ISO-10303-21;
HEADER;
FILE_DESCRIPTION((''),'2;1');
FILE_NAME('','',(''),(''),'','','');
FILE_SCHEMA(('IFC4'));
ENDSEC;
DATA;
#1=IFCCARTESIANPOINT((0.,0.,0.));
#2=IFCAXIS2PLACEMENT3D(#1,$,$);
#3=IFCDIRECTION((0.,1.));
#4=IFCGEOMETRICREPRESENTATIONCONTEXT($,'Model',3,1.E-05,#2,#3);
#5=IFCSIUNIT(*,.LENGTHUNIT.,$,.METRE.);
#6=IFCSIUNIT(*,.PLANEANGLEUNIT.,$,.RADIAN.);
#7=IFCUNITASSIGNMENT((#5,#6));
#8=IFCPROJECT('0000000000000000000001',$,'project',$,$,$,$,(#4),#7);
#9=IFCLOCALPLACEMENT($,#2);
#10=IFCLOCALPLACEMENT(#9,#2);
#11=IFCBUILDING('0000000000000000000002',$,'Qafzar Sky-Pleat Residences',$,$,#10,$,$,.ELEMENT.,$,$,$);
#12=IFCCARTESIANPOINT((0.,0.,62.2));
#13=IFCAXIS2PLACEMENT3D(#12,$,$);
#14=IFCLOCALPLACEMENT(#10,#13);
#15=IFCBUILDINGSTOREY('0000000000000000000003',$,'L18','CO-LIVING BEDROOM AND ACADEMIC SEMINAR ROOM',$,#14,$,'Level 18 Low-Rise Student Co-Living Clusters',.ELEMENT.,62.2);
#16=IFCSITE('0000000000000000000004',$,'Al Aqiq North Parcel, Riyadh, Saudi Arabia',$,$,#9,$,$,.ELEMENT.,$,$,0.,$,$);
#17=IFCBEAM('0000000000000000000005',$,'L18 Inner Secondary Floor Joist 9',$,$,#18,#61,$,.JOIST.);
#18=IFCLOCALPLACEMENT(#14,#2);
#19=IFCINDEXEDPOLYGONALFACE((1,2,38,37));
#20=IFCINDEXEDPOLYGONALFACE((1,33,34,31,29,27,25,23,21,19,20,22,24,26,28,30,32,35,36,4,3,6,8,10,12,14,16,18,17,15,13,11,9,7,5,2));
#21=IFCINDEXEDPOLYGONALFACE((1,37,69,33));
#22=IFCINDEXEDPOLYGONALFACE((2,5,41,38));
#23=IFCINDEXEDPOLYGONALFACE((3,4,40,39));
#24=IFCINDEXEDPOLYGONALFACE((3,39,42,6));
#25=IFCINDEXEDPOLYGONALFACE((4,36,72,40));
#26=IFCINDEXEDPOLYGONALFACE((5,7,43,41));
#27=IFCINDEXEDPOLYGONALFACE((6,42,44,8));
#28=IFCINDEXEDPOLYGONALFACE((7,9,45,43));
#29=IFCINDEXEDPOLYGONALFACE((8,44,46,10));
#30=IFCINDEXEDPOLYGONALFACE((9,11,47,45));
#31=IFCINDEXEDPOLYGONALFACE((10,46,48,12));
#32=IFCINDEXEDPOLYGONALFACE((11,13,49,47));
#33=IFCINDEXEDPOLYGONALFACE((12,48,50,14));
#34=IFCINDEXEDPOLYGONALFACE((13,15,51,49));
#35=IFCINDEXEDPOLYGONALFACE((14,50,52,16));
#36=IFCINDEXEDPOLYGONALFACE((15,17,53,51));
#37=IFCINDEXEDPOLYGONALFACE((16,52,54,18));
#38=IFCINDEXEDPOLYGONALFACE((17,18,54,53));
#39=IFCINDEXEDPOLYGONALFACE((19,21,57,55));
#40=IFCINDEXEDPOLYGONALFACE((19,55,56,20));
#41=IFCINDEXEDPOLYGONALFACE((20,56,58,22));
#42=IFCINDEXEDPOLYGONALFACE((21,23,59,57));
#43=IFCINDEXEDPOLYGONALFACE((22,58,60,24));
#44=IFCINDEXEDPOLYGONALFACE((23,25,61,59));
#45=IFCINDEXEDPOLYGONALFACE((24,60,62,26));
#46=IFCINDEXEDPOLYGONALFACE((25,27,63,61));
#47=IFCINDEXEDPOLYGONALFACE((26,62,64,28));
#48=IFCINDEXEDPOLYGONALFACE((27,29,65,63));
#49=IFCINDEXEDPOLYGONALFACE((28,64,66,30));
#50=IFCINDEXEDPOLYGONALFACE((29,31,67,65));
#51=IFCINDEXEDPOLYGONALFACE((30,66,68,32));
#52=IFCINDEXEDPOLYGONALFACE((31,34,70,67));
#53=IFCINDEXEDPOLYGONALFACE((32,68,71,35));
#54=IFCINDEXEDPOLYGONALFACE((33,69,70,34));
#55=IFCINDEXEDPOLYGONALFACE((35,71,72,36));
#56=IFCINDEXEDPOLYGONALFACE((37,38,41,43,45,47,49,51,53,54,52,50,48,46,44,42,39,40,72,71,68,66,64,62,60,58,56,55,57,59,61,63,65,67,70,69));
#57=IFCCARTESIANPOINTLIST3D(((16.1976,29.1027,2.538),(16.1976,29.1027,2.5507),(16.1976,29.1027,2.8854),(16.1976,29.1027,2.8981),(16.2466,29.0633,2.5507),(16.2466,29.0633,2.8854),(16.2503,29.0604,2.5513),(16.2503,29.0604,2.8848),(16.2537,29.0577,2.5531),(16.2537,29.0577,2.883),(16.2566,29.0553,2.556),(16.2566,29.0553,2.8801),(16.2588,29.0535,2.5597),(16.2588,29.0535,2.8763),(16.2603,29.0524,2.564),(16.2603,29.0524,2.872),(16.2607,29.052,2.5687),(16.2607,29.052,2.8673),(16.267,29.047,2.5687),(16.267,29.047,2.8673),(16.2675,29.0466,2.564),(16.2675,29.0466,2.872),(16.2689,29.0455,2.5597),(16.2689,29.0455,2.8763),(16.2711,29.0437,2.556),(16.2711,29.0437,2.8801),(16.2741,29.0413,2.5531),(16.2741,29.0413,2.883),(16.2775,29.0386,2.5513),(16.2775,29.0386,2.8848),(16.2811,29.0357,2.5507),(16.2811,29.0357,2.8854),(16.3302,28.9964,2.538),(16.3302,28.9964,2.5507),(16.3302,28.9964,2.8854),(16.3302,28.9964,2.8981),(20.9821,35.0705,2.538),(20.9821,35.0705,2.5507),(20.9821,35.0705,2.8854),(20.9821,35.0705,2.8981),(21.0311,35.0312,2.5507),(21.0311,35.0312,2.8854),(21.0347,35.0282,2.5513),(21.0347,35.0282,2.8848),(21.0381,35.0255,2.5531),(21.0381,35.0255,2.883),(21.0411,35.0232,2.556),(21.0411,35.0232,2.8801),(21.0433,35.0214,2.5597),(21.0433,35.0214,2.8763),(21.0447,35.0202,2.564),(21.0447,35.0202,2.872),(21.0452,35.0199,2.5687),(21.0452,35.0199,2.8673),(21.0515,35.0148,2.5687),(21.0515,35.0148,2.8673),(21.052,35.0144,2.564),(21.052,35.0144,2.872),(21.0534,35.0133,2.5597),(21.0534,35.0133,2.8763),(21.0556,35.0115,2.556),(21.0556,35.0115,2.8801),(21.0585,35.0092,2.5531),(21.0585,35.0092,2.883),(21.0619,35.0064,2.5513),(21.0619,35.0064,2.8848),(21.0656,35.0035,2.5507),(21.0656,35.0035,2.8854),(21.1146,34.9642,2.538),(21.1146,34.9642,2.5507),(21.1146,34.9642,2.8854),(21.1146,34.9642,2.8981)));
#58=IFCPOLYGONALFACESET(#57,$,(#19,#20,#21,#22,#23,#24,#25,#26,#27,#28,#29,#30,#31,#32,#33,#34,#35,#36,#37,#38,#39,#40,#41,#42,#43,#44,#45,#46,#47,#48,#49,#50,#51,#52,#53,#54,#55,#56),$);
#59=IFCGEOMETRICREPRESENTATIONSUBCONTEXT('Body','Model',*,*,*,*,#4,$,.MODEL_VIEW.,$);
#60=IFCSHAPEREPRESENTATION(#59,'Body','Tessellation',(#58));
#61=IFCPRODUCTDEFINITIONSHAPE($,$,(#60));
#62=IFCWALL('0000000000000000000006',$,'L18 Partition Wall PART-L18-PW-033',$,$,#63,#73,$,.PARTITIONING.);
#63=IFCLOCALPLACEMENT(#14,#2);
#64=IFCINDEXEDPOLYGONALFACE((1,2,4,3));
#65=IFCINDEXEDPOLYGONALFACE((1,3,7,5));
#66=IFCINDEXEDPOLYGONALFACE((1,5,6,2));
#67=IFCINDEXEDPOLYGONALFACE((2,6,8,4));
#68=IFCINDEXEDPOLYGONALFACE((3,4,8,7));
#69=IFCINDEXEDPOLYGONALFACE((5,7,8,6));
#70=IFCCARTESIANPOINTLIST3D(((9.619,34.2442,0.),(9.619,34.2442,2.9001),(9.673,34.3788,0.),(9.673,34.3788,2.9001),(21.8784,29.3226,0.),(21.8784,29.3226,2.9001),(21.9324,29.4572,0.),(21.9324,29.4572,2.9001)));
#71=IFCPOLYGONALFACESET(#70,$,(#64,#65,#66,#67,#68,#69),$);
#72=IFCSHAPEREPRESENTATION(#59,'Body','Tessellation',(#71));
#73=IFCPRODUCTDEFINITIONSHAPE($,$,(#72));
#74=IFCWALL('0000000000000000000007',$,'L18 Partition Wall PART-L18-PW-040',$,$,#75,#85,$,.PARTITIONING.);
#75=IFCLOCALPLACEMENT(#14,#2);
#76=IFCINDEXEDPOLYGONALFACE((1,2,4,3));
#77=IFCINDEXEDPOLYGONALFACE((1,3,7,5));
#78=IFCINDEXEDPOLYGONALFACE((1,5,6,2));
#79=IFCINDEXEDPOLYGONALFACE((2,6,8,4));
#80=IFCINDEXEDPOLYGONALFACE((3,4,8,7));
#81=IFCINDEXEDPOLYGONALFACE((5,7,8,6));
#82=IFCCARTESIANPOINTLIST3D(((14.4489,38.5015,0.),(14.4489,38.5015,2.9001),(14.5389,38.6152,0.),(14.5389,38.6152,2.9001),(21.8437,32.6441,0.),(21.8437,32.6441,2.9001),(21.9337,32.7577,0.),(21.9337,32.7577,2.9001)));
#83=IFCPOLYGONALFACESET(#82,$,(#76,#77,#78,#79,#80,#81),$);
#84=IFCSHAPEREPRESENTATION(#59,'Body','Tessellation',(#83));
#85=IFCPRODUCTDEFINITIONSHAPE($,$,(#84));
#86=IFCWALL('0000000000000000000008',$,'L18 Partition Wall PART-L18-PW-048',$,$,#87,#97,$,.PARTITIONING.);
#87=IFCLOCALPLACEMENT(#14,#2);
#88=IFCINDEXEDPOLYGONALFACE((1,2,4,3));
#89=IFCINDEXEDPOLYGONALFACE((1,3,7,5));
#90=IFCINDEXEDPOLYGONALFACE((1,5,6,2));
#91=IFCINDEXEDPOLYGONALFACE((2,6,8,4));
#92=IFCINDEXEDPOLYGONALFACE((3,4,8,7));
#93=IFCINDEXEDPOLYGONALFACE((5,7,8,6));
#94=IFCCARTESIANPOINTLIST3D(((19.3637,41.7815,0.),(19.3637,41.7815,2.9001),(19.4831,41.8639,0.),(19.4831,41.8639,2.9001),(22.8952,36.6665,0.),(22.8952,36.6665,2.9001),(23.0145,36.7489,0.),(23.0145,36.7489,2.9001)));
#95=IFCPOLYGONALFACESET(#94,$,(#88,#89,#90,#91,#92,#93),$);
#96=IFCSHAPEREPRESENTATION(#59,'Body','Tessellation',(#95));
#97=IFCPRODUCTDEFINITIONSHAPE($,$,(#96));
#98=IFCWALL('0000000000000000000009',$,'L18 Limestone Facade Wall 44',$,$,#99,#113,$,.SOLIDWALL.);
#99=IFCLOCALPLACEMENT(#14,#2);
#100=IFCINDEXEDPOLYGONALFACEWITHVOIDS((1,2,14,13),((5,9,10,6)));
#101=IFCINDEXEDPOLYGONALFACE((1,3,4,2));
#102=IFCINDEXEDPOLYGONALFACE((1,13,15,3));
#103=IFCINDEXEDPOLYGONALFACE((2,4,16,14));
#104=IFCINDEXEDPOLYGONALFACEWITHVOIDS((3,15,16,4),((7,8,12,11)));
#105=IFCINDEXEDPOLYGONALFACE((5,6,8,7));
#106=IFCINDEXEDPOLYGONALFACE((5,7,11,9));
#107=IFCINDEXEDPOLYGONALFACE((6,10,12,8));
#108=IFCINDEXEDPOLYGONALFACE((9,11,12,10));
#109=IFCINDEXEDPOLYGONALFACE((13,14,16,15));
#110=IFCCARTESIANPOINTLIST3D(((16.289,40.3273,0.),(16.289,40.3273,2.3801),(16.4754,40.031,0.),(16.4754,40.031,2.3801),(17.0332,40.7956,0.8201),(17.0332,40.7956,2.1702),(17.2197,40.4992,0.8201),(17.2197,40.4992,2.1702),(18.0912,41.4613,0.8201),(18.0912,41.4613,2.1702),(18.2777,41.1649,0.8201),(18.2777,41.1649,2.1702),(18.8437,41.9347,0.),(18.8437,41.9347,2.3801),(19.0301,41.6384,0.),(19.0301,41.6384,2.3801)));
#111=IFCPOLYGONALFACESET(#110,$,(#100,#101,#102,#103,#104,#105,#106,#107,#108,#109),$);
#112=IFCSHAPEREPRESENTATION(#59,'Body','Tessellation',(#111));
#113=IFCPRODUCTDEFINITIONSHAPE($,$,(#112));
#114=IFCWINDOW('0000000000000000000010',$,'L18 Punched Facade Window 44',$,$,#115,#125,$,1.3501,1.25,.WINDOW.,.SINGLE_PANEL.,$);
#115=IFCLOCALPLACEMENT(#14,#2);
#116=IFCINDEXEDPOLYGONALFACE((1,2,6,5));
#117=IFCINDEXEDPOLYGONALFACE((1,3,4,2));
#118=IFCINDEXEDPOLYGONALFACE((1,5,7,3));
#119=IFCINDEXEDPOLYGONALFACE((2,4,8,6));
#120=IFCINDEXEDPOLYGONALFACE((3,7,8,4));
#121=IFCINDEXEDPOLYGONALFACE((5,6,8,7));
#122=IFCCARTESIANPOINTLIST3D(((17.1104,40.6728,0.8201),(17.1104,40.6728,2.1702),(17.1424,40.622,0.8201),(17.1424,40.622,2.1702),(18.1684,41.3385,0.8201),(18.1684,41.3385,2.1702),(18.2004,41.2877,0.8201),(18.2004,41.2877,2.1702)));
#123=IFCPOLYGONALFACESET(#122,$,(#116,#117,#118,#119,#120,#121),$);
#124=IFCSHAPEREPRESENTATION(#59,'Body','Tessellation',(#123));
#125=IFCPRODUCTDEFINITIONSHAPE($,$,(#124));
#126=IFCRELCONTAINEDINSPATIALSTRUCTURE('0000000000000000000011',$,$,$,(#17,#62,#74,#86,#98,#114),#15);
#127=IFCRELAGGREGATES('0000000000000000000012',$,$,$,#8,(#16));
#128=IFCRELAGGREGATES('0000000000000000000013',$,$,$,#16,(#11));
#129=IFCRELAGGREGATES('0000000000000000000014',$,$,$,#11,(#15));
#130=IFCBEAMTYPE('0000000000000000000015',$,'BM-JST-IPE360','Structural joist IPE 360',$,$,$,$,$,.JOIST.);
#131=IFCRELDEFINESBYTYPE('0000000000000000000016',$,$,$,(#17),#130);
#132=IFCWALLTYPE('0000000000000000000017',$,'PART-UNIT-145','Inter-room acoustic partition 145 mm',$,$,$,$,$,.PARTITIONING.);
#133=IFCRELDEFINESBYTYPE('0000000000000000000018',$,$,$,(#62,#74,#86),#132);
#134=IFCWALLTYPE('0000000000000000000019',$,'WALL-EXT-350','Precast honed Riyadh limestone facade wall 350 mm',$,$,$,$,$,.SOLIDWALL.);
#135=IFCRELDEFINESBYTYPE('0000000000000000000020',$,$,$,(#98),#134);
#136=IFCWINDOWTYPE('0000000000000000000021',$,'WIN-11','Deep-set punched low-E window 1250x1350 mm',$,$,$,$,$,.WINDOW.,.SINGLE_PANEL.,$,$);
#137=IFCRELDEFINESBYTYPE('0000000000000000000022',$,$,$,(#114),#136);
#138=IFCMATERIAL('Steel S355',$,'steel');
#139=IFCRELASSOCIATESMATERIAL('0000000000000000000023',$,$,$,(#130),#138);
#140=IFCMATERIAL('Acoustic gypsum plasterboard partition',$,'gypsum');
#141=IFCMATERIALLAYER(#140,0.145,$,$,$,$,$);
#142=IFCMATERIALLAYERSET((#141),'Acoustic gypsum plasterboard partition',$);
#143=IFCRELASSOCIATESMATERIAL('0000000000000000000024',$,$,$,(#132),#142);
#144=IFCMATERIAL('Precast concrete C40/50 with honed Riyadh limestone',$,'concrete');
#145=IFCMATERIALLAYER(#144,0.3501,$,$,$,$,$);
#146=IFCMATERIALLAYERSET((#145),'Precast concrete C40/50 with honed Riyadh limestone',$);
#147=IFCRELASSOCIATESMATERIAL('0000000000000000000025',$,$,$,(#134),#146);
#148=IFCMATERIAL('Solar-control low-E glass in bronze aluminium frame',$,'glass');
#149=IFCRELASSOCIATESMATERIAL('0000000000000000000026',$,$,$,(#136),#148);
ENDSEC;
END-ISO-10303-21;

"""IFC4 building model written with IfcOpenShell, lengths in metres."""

from ifc_helpers import new_model, si_unit, direction, frame, frame_2d, origin, origin_2d, place, context, subcontext, project, spatial, rectangle, i_section, extrude, source, transform, mapped, material, layer, layer_set, material_profile, profile_set, type_object, element, fill, save


model = new_model("IFC4")

# Units and contexts
model_context = context("Model", 3, precision=1e-05, world=origin(), true_north=direction((0.0, 1.0)))
body_context = subcontext(model_context, "Body", "Model", "MODEL_VIEW")
ifc_project = project(units=[si_unit("LENGTHUNIT", "METRE"), si_unit("PLANEANGLEUNIT", "RADIAN")], contexts=[model_context])

# Site, building, storey
site_placement = place(None, origin())
site = spatial("IfcSite", under=ifc_project, at=site_placement, Name="Al Aqiq North Parcel, Riyadh, Saudi Arabia", CompositionType="ELEMENT", RefElevation=0.0)
building_placement = place(site_placement, origin())
building = spatial("IfcBuilding", under=site, at=building_placement, Name="Qafzar Sky-Pleat Residences", CompositionType="ELEMENT")
storey_placement = place(building_placement, frame((0.0, 0.0, 62.2)))
storey = spatial("IfcBuildingStorey", under=building, at=storey_placement, Name="L18", Description="CO-LIVING BEDROOM AND ACADEMIC SEMINAR ROOM", LongName="Level 18 Low-Rise Student Co-Living Clusters", CompositionType="ELEMENT", Elevation=62.2)

# Beam
ifc_material_1 = material(Name="Steel S355", Category="steel")
ifc_material_profile_1 = material_profile(ifc_material_1, i_section(OverallWidth=0.1699, OverallDepth=0.3601, WebThickness=0.0081, FlangeThickness=0.0127, FilletRadius=0.0181, at=origin_2d()), Name="IPE 360")
ifc_profile_set_1 = profile_set([ifc_material_profile_1], Name="Steel S355")
beam_type_1 = type_object("IfcBeamType", Name="BM-JST-IPE360", Description="Structural joist IPE 360", PredefinedType="JOIST", material=ifc_profile_set_1)
shared_shape_1 = source(origin(), body_context, "Body", "SweptSolid", [
    extrude(i_section(OverallWidth=0.1699, OverallDepth=0.3601, WebThickness=0.0081, FlangeThickness=0.0127, FilletRadius=0.0181, at=origin_2d()), origin(), (0.0, 0.0, 1.0), 7.6489),
])
beam_1_placement = place(storey_placement, frame((21.0483, 35.0173, 2.718), z_axis=(-0.625508, -0.780218, 0.0), x_axis=(0.780218, -0.625508, 0.0)))
element("IfcBeam", 1, at=beam_1_placement, inside=storey, type_object=beam_type_1, Name="L18 Inner Secondary Floor Joist 9", PredefinedType="JOIST", context=body_context, shape_type="MappedRepresentation", body=[
    mapped(shared_shape_1, transform((0.0, 0.0, 0.0), x_axis=(1.0, 0.0, 0.0), y_axis=(0.0, 1.0, 0.0), z_axis=(0.0, 0.0, 1.0), scale=1.0)),
])

# Walls
ifc_material_2 = material(Name="Acoustic gypsum plasterboard partition", Category="gypsum")
ifc_layer_1 = layer(ifc_material_2, 0.145)
ifc_layer_set_1 = layer_set([ifc_layer_1], Name="Acoustic gypsum plasterboard partition")
wall_type_1 = type_object("IfcWallType", Name="PART-UNIT-145", Description="Inter-room acoustic partition 145 mm", PredefinedType="PARTITIONING", material=ifc_layer_set_1)
wall_1_placement = place(storey_placement, frame((9.646, 34.3115, 0.0), z_axis=(0.0, 0.0, 1.0), x_axis=(0.928011, -0.372553, 0.0)))
element("IfcWall", 2, at=wall_1_placement, inside=storey, type_object=wall_type_1, Name="L18 Partition Wall PART-L18-PW-033", PredefinedType="PARTITIONING", context=body_context, shape_type="SweptSolid", body=[
    extrude(rectangle(XDim=13.2104, YDim=0.145, at=frame_2d((6.6052, 0.0))), origin(), (0.0, 0.0, 1.0), 2.9001),
])
wall_2_placement = place(storey_placement, frame((14.4939, 38.5583, 0.0), z_axis=(0.0, 0.0, 1.0), x_axis=(0.783879, -0.620913, 0.0)))
element("IfcWall", 3, at=wall_2_placement, inside=storey, type_object=wall_type_1, Name="L18 Partition Wall PART-L18-PW-040", PredefinedType="PARTITIONING", context=body_context, shape_type="SweptSolid", body=[
    extrude(rectangle(XDim=9.4336, YDim=0.145, at=frame_2d((4.7168, 0.0))), origin(), (0.0, 0.0, 1.0), 2.9001),
])
wall_3_placement = place(storey_placement, frame((19.4233, 41.8228, 0.0), z_axis=(0.0, 0.0, 1.0), x_axis=(0.56816, -0.822918, 0.0)))
element("IfcWall", 4, at=wall_3_placement, inside=storey, type_object=wall_type_1, Name="L18 Partition Wall PART-L18-PW-048", PredefinedType="PARTITIONING", context=body_context, shape_type="SweptSolid", body=[
    extrude(rectangle(XDim=6.2156, YDim=0.145, at=frame_2d((3.1079, 0.0))), origin(), (0.0, 0.0, 1.0), 2.9001),
])

# Wall, opening, window
ifc_material_3 = material(Name="Precast concrete C40/50 with honed Riyadh limestone", Category="concrete")
ifc_layer_2 = layer(ifc_material_3, 0.3501)
ifc_layer_set_2 = layer_set([ifc_layer_2], Name="Precast concrete C40/50 with honed Riyadh limestone")
wall_type_2 = type_object("IfcWallType", Name="WALL-EXT-350", Description="Precast honed Riyadh limestone facade wall 350 mm", PredefinedType="SOLIDWALL", material=ifc_layer_set_2)
wall_4_placement = place(storey_placement, frame((18.937, 41.7866, 0.0), z_axis=(0.0, 0.0, 1.0), x_axis=(-0.846395, -0.532556, 0.0)))
wall_4 = element("IfcWall", 5, at=wall_4_placement, inside=storey, type_object=wall_type_2, Name="L18 Limestone Facade Wall 44", PredefinedType="SOLIDWALL", context=body_context, shape_type="SweptSolid", body=[
    extrude(rectangle(XDim=3.0183, YDim=0.3501, at=frame_2d((1.5093, 0.0))), origin(), (0.0, 0.0, 1.0), 2.3801),
])
opening_1_placement = place(wall_4_placement, frame((0.8892, 0.0, 0.8201)))
opening_1 = element("IfcOpeningElement", 6, at=opening_1_placement, cuts=wall_4, PredefinedType="OPENING", context=body_context, shape_type="SweptSolid", body=[
    extrude(rectangle(XDim=1.25, YDim=1.3501, at=frame_2d((0.625, 0.675))), frame((0.0, 0.1851, 0.0), z_axis=(0.0, -1.0, 0.0), x_axis=(1.0, 0.0, 0.0)), (0.0, 0.0, 1.0), 0.3701),
])
ifc_material_4 = material(Name="Solar-control low-E glass in bronze aluminium frame", Category="glass")
window_type_1 = type_object("IfcWindowType", Name="WIN-11", Description="Deep-set punched low-E window 1250x1350 mm", PartitioningType="SINGLE_PANEL", PredefinedType="WINDOW", material=ifc_material_4)
shared_shape_2 = source(origin(), body_context, "Body", "SweptSolid", [
    extrude(rectangle(XDim=1.25, YDim=1.3501, at=frame_2d((0.625, 0.675))), frame((0.0, 0.03, 0.0), z_axis=(0.0, -1.0, 0.0), x_axis=(1.0, 0.0, 0.0)), (0.0, 0.0, 1.0), 0.0601),
])
window_1_placement = place(opening_1_placement, origin())
window_1 = element("IfcWindow", 7, at=window_1_placement, inside=storey, type_object=window_type_1, Name="L18 Punched Facade Window 44", OverallHeight=1.3501, OverallWidth=1.25, PartitioningType="SINGLE_PANEL", PredefinedType="WINDOW", context=body_context, shape_type="MappedRepresentation", body=[
    mapped(shared_shape_2, transform((0.0, 0.0, 0.0), x_axis=(1.0, 0.0, 0.0), y_axis=(0.0, 1.0, 0.0), z_axis=(0.0, 0.0, 1.0), scale=1.0)),
])
fill(opening_1, window_1)

save(model, "model.ifc")
